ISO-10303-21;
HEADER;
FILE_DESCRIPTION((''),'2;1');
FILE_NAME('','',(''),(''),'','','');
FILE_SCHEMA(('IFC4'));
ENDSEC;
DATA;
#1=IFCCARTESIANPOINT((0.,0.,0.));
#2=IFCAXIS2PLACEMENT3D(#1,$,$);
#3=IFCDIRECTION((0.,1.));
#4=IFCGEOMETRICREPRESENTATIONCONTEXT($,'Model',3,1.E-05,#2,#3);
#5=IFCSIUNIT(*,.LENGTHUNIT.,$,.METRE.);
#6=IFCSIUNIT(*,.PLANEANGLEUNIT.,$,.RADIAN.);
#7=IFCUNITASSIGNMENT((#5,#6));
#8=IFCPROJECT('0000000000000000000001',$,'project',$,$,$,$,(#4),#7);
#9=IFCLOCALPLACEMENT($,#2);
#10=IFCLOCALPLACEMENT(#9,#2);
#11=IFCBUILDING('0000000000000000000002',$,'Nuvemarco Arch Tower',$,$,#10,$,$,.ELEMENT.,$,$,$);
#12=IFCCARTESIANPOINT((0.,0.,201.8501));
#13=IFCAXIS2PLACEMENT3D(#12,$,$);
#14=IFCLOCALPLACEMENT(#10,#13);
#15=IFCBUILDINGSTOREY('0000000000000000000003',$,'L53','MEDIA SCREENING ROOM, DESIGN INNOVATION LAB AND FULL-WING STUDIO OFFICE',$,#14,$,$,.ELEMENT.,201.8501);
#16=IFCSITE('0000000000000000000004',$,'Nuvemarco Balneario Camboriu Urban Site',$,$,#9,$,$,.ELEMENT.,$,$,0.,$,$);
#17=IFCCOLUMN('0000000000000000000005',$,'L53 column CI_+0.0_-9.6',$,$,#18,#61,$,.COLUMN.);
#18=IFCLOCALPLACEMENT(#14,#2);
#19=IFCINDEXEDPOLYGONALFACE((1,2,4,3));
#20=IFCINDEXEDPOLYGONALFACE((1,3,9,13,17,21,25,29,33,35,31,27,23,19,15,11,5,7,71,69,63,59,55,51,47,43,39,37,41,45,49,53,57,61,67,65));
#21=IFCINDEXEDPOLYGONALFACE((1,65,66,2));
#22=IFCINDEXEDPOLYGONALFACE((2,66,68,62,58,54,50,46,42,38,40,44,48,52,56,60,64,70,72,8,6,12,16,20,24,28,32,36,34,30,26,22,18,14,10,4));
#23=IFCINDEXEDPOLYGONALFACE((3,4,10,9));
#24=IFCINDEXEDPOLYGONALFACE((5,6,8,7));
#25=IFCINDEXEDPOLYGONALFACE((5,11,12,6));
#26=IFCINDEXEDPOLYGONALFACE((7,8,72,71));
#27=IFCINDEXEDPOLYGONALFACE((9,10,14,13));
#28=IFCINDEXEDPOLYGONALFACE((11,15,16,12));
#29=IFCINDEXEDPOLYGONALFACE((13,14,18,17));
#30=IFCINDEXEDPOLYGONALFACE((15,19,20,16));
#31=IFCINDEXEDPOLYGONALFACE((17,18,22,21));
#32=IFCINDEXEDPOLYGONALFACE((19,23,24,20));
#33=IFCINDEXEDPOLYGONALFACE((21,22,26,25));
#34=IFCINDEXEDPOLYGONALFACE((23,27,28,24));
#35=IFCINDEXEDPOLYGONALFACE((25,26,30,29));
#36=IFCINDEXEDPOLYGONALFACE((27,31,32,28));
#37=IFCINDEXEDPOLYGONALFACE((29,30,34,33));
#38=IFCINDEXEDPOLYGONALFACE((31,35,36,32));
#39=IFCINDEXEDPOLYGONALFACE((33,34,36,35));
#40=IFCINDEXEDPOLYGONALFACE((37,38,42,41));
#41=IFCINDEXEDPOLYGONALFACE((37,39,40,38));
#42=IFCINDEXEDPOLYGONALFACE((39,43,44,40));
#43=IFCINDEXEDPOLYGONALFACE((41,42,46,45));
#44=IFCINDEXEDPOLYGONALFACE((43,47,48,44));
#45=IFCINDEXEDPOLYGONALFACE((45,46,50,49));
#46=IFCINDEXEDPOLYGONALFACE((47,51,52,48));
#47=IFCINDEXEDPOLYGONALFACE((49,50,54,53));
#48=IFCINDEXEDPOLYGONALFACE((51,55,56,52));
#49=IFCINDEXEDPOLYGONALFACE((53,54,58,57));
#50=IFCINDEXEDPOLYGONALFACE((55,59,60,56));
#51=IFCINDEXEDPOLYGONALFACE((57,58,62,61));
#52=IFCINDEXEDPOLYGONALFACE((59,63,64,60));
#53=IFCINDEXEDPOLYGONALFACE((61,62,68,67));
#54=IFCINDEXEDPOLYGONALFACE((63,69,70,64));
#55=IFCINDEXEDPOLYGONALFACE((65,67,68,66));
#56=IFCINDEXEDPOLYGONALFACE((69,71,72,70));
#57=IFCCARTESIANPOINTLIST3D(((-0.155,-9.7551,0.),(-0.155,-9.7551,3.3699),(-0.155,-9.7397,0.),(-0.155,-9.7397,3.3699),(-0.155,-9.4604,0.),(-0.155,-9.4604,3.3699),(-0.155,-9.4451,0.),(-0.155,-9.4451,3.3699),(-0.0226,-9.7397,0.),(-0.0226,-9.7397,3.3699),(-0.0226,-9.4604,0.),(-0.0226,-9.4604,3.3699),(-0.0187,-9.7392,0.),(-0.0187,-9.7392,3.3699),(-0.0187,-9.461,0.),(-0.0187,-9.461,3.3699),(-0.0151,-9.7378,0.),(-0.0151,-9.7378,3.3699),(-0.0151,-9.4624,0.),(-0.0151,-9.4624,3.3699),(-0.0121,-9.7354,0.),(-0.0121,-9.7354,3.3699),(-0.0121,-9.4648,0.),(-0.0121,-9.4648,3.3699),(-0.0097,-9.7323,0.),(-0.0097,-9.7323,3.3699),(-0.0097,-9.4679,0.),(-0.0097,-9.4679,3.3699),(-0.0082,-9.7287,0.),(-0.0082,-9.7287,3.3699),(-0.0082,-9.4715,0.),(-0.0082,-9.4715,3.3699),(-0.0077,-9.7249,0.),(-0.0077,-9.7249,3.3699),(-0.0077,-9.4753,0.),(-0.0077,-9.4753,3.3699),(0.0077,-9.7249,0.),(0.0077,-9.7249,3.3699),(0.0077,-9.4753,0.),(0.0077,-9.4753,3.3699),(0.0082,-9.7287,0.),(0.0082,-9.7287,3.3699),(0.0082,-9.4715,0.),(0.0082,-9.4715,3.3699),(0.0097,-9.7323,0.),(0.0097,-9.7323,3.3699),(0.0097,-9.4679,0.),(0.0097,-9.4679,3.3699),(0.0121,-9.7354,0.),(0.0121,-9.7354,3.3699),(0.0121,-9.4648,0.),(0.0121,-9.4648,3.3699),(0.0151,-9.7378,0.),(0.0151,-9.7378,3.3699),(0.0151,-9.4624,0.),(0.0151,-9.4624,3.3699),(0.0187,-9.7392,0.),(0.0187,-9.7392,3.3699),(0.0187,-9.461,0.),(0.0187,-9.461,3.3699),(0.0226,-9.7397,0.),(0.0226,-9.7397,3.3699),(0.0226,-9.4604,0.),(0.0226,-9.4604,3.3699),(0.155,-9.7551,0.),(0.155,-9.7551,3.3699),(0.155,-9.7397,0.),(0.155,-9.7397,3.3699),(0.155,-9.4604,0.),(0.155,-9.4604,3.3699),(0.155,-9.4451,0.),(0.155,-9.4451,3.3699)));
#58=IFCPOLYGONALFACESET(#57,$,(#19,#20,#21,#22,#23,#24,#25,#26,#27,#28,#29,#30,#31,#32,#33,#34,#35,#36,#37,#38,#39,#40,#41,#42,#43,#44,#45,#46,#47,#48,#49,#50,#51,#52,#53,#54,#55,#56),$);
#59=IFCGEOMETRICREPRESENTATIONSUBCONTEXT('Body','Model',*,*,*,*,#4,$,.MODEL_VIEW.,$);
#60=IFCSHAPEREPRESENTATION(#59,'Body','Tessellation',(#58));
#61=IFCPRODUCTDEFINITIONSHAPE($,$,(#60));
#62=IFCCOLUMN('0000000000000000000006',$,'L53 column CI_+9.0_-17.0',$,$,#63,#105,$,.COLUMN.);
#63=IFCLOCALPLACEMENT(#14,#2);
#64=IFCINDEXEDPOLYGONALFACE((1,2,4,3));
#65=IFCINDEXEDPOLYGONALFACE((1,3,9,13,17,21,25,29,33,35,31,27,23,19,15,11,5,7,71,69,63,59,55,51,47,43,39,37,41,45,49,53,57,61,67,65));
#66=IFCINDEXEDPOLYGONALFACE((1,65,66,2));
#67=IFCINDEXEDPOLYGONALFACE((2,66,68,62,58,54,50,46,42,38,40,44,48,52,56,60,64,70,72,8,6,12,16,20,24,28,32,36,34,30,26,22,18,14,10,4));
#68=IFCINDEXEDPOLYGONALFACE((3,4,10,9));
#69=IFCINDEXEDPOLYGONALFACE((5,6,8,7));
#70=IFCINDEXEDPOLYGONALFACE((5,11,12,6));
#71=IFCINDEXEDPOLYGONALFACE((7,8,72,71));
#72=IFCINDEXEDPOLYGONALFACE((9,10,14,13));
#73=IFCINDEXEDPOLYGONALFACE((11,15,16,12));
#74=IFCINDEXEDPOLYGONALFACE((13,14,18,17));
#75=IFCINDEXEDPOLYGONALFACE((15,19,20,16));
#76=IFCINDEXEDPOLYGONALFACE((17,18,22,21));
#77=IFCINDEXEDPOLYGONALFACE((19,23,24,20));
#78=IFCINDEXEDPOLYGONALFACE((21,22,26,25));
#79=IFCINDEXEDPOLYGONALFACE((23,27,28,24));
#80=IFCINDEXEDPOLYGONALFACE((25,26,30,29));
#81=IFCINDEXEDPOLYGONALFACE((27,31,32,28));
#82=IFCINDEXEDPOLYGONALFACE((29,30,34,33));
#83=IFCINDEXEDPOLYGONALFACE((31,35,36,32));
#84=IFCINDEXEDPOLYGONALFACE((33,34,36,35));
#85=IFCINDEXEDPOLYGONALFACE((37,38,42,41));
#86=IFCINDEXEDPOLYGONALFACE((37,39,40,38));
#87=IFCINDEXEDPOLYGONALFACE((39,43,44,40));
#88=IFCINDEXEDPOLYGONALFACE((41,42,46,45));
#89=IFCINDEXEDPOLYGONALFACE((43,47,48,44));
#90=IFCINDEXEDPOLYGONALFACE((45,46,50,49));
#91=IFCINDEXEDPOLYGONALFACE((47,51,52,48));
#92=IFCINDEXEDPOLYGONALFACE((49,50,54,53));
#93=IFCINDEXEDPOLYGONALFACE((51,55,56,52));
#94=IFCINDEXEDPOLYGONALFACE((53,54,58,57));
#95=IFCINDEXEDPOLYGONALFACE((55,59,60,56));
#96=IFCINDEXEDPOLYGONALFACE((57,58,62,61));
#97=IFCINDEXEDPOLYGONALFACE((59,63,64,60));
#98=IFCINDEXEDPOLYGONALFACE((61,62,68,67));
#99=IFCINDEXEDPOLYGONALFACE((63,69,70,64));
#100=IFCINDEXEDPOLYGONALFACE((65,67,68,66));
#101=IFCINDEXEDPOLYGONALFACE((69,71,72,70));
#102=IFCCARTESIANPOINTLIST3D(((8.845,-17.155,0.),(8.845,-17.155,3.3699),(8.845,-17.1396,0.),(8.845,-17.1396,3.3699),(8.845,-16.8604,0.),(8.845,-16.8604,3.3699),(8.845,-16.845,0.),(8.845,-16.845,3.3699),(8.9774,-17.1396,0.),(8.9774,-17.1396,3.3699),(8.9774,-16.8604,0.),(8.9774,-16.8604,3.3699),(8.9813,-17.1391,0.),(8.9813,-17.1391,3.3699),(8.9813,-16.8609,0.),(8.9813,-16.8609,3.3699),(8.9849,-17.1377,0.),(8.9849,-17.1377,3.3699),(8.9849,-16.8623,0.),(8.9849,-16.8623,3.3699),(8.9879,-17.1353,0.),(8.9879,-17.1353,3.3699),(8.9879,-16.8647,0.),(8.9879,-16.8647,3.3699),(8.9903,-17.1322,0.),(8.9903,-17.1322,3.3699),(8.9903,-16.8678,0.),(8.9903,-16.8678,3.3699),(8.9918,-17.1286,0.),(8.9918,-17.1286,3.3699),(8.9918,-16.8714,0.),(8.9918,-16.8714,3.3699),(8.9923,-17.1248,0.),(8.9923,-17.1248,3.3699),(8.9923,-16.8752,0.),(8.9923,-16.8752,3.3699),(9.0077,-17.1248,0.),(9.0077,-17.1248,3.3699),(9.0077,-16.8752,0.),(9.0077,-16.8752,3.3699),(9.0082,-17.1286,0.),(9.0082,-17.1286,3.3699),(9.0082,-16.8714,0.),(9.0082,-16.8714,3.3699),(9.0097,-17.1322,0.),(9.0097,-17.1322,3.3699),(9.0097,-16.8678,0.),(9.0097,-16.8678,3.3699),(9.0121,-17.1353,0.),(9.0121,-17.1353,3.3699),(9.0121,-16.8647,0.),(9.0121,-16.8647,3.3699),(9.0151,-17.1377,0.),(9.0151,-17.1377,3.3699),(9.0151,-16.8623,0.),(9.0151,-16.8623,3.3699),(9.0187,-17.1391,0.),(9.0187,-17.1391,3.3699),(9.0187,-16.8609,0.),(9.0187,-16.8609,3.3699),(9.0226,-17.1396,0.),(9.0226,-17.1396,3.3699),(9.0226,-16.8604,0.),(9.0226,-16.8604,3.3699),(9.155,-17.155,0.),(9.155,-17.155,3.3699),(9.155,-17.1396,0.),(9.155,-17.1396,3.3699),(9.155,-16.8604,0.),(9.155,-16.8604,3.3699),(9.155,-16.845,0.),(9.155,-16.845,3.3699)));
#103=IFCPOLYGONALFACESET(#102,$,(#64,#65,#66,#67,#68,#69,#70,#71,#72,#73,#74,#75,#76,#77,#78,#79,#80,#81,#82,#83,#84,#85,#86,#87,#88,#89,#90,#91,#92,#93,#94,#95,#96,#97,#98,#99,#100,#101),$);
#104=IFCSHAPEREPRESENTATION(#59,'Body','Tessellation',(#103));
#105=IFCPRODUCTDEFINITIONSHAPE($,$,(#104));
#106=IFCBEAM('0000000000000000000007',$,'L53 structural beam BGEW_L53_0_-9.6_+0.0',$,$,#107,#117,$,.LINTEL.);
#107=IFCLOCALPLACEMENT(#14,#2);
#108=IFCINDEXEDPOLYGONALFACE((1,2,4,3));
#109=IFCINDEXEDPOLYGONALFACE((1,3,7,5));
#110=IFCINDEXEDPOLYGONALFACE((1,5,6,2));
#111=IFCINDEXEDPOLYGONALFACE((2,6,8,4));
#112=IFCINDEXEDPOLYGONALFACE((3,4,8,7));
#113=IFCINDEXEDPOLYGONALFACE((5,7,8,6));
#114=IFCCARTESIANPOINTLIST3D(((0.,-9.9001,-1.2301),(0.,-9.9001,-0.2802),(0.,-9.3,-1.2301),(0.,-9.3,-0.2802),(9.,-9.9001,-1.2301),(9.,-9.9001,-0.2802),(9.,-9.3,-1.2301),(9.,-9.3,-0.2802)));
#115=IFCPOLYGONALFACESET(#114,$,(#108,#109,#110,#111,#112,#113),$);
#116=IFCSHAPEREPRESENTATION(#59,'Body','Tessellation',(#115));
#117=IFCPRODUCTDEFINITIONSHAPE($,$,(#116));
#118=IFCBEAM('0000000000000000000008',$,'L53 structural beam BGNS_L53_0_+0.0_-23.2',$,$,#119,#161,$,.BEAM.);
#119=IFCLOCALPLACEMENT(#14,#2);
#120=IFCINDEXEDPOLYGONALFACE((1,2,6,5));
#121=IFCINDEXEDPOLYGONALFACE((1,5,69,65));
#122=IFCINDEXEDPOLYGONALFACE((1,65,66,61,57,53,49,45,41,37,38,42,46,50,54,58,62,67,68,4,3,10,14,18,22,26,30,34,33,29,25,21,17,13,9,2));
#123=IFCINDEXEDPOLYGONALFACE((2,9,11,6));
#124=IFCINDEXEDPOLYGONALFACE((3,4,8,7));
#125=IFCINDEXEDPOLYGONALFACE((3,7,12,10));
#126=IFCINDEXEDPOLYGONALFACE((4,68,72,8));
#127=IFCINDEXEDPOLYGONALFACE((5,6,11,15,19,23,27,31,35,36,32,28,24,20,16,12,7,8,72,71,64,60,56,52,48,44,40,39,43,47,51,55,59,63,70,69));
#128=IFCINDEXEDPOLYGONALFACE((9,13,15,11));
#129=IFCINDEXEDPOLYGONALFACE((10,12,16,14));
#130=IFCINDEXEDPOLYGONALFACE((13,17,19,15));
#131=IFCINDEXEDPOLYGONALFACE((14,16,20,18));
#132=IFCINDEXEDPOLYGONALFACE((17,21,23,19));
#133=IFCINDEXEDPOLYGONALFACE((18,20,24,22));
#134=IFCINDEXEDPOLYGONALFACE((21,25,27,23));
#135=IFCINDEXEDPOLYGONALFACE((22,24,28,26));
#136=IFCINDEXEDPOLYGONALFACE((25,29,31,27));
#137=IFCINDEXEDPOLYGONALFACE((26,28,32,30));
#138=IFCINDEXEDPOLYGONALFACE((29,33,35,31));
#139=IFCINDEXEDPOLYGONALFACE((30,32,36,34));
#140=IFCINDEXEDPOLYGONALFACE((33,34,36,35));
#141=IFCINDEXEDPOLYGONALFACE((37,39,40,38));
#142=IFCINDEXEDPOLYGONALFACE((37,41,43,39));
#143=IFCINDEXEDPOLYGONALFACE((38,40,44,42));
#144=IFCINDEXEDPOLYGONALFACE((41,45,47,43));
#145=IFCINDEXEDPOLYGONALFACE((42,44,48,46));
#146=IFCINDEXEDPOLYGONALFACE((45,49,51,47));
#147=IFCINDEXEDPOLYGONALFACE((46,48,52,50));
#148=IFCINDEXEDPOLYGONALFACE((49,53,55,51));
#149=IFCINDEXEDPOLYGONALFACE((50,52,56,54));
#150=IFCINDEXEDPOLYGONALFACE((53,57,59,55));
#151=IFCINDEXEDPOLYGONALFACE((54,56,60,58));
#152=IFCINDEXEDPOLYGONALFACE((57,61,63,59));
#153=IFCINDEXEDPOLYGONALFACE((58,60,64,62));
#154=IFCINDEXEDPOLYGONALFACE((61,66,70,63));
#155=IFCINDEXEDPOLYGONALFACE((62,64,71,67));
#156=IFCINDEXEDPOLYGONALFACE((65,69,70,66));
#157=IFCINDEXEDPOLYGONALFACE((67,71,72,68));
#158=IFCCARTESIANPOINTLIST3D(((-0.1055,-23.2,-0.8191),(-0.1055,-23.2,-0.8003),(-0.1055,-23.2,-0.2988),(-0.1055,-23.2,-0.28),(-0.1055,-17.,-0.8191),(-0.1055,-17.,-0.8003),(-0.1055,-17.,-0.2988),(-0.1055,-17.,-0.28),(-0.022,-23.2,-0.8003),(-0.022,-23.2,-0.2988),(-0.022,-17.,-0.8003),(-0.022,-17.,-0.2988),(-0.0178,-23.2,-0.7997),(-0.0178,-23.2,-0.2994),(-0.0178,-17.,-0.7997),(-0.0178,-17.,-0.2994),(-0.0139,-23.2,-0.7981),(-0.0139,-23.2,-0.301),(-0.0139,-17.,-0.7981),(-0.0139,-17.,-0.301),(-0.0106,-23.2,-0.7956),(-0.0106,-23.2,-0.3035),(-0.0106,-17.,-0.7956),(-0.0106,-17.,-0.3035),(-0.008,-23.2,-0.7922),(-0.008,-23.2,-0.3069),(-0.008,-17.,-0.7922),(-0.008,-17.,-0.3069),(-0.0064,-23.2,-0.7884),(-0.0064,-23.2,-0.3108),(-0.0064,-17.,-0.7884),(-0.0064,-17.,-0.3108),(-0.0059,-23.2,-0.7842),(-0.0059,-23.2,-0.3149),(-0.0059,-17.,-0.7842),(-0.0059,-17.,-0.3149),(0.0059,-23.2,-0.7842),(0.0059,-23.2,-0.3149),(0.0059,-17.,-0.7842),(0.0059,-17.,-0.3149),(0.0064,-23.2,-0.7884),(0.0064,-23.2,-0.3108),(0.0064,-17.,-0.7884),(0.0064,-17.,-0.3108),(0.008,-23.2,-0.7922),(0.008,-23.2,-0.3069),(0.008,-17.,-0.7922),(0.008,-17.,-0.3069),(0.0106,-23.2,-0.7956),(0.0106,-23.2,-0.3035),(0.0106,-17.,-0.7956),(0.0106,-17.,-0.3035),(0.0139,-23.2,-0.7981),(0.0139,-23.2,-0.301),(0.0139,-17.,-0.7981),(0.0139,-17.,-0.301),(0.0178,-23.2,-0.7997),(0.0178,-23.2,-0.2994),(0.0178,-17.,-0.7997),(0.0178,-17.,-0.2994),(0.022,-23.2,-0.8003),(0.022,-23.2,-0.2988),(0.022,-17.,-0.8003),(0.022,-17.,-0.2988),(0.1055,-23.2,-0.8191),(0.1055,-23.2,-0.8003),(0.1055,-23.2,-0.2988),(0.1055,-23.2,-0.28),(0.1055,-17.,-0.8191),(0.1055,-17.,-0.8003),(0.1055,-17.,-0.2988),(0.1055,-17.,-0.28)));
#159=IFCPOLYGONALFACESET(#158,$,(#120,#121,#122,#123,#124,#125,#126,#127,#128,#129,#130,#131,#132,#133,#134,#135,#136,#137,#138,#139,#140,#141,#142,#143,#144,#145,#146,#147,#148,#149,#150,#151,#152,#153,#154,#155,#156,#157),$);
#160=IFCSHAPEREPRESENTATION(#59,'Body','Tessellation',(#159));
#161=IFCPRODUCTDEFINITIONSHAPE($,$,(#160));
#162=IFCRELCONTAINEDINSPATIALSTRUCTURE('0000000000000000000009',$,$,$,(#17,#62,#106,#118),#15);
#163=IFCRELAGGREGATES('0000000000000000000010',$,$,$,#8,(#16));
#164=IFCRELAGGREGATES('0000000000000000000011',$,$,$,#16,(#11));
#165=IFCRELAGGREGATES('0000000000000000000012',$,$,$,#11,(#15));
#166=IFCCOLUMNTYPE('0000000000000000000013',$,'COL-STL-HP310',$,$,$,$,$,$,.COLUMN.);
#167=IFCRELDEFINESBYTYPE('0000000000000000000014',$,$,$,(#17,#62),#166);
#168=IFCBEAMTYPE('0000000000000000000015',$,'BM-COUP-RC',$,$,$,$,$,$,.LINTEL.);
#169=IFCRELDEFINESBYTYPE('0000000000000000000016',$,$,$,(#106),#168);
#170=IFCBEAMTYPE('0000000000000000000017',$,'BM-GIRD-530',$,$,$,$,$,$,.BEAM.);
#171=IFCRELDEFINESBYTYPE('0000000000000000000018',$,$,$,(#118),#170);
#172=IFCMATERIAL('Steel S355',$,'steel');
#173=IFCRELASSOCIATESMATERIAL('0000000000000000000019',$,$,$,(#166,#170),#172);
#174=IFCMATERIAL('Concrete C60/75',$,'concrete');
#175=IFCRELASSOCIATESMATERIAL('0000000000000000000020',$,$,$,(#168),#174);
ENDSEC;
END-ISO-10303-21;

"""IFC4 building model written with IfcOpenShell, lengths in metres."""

from ifc_helpers import new_model, si_unit, direction, frame, origin, origin_2d, place, context, subcontext, project, spatial, rectangle, i_section, extrude, material, material_profile, profile_set, type_object, element, save


model = new_model("IFC4")

# Units and contexts
model_context = context("Model", 3, precision=1e-05, world=origin(), true_north=direction((0.0, 1.0)))
body_context = subcontext(model_context, "Body", "Model", "MODEL_VIEW")
ifc_project = project(units=[si_unit("LENGTHUNIT", "METRE"), si_unit("PLANEANGLEUNIT", "RADIAN")], contexts=[model_context])

# Site, building, storey
site_placement = place(None, origin())
site = spatial("IfcSite", under=ifc_project, at=site_placement, Name="Nuvemarco Balneario Camboriu Urban Site", CompositionType="ELEMENT", RefElevation=0.0)
building_placement = place(site_placement, origin())
building = spatial("IfcBuilding", under=site, at=building_placement, Name="Nuvemarco Arch Tower", CompositionType="ELEMENT")
storey_placement = place(building_placement, frame((0.0, 0.0, 201.8501)))
storey = spatial("IfcBuildingStorey", under=building, at=storey_placement, Name="L53", Description="MEDIA SCREENING ROOM, DESIGN INNOVATION LAB AND FULL-WING STUDIO OFFICE", CompositionType="ELEMENT", Elevation=201.8501)

# Columns
ifc_material_1 = material(Name="Steel S355", Category="steel")
ifc_material_profile_1 = material_profile(ifc_material_1, i_section(OverallWidth=0.3101, OverallDepth=0.3101, WebThickness=0.0154, FlangeThickness=0.0154, FilletRadius=0.0149, at=origin_2d()), Name="HP310x110")
ifc_profile_set_1 = profile_set([ifc_material_profile_1], Name="Steel S355")
column_type_1 = type_object("IfcColumnType", Name="COL-STL-HP310", PredefinedType="COLUMN", material=ifc_profile_set_1)
for number, where, z_axis, x_axis, name in (
    (1, (0.0, -9.6001, 0.0), (0.0, 0.0, 1.0), (1.0, 0.0, 0.0), "L53 column CI_+0.0_-9.6"),
    (2, (9.0, -17.0, 0.0), (0.0, 0.0, 1.0), (1.0, 0.0, 0.0), "L53 column CI_+9.0_-17.0"),
):
    element("IfcColumn", number, at=place(storey_placement, frame(where, z_axis=z_axis, x_axis=x_axis)), inside=storey, type_object=column_type_1, Name=name, PredefinedType="COLUMN", context=body_context, shape_type="SweptSolid", body=[
        extrude(i_section(OverallWidth=0.3101, OverallDepth=0.3101, WebThickness=0.0154, FlangeThickness=0.0154, FilletRadius=0.0149, at=origin_2d()), origin(), (0.0, 0.0, 1.0), 3.3699),
    ])

# Beams
ifc_material_2 = material(Name="Concrete C60/75", Category="concrete")
ifc_material_profile_2 = material_profile(ifc_material_2, rectangle(XDim=0.6001, YDim=0.95, at=origin_2d()), Name="RC-BM-600x950")
ifc_profile_set_2 = profile_set([ifc_material_profile_2], Name="Concrete C60/75")
beam_type_1 = type_object("IfcBeamType", Name="BM-COUP-RC", PredefinedType="LINTEL", material=ifc_profile_set_2)
beam_1_placement = place(storey_placement, frame((0.0, -9.6001, -0.7551), z_axis=(1.0, 0.0, 0.0), x_axis=(0.0, 1.0, 0.0)))
element("IfcBeam", 3, at=beam_1_placement, inside=storey, type_object=beam_type_1, Name="L53 structural beam BGEW_L53_0_-9.6_+0.0", PredefinedType="LINTEL", context=body_context, shape_type="SweptSolid", body=[
    extrude(rectangle(XDim=0.6001, YDim=0.95, at=origin_2d()), origin(), (0.0, 0.0, 1.0), 9.0),
])
ifc_material_profile_3 = material_profile(ifc_material_1, i_section(OverallWidth=0.2109, OverallDepth=0.5391, WebThickness=0.0117, FlangeThickness=0.0188, FilletRadius=0.0161, at=origin_2d()), Name="W530x109")
ifc_profile_set_3 = profile_set([ifc_material_profile_3], Name="Steel S355")
beam_type_2 = type_object("IfcBeamType", Name="BM-GIRD-530", PredefinedType="BEAM", material=ifc_profile_set_3)
beam_2_placement = place(storey_placement, frame((0.0, -23.2, -0.5496), z_axis=(0.0, 1.0, 0.0), x_axis=(-1.0, 0.0, 0.0)))
element("IfcBeam", 4, at=beam_2_placement, inside=storey, type_object=beam_type_2, Name="L53 structural beam BGNS_L53_0_+0.0_-23.2", PredefinedType="BEAM", context=body_context, shape_type="SweptSolid", body=[
    extrude(i_section(OverallWidth=0.2109, OverallDepth=0.5391, WebThickness=0.0117, FlangeThickness=0.0188, FilletRadius=0.0161, at=origin_2d()), origin(), (0.0, 0.0, 1.0), 6.2),
])

save(model, "model.ifc")
